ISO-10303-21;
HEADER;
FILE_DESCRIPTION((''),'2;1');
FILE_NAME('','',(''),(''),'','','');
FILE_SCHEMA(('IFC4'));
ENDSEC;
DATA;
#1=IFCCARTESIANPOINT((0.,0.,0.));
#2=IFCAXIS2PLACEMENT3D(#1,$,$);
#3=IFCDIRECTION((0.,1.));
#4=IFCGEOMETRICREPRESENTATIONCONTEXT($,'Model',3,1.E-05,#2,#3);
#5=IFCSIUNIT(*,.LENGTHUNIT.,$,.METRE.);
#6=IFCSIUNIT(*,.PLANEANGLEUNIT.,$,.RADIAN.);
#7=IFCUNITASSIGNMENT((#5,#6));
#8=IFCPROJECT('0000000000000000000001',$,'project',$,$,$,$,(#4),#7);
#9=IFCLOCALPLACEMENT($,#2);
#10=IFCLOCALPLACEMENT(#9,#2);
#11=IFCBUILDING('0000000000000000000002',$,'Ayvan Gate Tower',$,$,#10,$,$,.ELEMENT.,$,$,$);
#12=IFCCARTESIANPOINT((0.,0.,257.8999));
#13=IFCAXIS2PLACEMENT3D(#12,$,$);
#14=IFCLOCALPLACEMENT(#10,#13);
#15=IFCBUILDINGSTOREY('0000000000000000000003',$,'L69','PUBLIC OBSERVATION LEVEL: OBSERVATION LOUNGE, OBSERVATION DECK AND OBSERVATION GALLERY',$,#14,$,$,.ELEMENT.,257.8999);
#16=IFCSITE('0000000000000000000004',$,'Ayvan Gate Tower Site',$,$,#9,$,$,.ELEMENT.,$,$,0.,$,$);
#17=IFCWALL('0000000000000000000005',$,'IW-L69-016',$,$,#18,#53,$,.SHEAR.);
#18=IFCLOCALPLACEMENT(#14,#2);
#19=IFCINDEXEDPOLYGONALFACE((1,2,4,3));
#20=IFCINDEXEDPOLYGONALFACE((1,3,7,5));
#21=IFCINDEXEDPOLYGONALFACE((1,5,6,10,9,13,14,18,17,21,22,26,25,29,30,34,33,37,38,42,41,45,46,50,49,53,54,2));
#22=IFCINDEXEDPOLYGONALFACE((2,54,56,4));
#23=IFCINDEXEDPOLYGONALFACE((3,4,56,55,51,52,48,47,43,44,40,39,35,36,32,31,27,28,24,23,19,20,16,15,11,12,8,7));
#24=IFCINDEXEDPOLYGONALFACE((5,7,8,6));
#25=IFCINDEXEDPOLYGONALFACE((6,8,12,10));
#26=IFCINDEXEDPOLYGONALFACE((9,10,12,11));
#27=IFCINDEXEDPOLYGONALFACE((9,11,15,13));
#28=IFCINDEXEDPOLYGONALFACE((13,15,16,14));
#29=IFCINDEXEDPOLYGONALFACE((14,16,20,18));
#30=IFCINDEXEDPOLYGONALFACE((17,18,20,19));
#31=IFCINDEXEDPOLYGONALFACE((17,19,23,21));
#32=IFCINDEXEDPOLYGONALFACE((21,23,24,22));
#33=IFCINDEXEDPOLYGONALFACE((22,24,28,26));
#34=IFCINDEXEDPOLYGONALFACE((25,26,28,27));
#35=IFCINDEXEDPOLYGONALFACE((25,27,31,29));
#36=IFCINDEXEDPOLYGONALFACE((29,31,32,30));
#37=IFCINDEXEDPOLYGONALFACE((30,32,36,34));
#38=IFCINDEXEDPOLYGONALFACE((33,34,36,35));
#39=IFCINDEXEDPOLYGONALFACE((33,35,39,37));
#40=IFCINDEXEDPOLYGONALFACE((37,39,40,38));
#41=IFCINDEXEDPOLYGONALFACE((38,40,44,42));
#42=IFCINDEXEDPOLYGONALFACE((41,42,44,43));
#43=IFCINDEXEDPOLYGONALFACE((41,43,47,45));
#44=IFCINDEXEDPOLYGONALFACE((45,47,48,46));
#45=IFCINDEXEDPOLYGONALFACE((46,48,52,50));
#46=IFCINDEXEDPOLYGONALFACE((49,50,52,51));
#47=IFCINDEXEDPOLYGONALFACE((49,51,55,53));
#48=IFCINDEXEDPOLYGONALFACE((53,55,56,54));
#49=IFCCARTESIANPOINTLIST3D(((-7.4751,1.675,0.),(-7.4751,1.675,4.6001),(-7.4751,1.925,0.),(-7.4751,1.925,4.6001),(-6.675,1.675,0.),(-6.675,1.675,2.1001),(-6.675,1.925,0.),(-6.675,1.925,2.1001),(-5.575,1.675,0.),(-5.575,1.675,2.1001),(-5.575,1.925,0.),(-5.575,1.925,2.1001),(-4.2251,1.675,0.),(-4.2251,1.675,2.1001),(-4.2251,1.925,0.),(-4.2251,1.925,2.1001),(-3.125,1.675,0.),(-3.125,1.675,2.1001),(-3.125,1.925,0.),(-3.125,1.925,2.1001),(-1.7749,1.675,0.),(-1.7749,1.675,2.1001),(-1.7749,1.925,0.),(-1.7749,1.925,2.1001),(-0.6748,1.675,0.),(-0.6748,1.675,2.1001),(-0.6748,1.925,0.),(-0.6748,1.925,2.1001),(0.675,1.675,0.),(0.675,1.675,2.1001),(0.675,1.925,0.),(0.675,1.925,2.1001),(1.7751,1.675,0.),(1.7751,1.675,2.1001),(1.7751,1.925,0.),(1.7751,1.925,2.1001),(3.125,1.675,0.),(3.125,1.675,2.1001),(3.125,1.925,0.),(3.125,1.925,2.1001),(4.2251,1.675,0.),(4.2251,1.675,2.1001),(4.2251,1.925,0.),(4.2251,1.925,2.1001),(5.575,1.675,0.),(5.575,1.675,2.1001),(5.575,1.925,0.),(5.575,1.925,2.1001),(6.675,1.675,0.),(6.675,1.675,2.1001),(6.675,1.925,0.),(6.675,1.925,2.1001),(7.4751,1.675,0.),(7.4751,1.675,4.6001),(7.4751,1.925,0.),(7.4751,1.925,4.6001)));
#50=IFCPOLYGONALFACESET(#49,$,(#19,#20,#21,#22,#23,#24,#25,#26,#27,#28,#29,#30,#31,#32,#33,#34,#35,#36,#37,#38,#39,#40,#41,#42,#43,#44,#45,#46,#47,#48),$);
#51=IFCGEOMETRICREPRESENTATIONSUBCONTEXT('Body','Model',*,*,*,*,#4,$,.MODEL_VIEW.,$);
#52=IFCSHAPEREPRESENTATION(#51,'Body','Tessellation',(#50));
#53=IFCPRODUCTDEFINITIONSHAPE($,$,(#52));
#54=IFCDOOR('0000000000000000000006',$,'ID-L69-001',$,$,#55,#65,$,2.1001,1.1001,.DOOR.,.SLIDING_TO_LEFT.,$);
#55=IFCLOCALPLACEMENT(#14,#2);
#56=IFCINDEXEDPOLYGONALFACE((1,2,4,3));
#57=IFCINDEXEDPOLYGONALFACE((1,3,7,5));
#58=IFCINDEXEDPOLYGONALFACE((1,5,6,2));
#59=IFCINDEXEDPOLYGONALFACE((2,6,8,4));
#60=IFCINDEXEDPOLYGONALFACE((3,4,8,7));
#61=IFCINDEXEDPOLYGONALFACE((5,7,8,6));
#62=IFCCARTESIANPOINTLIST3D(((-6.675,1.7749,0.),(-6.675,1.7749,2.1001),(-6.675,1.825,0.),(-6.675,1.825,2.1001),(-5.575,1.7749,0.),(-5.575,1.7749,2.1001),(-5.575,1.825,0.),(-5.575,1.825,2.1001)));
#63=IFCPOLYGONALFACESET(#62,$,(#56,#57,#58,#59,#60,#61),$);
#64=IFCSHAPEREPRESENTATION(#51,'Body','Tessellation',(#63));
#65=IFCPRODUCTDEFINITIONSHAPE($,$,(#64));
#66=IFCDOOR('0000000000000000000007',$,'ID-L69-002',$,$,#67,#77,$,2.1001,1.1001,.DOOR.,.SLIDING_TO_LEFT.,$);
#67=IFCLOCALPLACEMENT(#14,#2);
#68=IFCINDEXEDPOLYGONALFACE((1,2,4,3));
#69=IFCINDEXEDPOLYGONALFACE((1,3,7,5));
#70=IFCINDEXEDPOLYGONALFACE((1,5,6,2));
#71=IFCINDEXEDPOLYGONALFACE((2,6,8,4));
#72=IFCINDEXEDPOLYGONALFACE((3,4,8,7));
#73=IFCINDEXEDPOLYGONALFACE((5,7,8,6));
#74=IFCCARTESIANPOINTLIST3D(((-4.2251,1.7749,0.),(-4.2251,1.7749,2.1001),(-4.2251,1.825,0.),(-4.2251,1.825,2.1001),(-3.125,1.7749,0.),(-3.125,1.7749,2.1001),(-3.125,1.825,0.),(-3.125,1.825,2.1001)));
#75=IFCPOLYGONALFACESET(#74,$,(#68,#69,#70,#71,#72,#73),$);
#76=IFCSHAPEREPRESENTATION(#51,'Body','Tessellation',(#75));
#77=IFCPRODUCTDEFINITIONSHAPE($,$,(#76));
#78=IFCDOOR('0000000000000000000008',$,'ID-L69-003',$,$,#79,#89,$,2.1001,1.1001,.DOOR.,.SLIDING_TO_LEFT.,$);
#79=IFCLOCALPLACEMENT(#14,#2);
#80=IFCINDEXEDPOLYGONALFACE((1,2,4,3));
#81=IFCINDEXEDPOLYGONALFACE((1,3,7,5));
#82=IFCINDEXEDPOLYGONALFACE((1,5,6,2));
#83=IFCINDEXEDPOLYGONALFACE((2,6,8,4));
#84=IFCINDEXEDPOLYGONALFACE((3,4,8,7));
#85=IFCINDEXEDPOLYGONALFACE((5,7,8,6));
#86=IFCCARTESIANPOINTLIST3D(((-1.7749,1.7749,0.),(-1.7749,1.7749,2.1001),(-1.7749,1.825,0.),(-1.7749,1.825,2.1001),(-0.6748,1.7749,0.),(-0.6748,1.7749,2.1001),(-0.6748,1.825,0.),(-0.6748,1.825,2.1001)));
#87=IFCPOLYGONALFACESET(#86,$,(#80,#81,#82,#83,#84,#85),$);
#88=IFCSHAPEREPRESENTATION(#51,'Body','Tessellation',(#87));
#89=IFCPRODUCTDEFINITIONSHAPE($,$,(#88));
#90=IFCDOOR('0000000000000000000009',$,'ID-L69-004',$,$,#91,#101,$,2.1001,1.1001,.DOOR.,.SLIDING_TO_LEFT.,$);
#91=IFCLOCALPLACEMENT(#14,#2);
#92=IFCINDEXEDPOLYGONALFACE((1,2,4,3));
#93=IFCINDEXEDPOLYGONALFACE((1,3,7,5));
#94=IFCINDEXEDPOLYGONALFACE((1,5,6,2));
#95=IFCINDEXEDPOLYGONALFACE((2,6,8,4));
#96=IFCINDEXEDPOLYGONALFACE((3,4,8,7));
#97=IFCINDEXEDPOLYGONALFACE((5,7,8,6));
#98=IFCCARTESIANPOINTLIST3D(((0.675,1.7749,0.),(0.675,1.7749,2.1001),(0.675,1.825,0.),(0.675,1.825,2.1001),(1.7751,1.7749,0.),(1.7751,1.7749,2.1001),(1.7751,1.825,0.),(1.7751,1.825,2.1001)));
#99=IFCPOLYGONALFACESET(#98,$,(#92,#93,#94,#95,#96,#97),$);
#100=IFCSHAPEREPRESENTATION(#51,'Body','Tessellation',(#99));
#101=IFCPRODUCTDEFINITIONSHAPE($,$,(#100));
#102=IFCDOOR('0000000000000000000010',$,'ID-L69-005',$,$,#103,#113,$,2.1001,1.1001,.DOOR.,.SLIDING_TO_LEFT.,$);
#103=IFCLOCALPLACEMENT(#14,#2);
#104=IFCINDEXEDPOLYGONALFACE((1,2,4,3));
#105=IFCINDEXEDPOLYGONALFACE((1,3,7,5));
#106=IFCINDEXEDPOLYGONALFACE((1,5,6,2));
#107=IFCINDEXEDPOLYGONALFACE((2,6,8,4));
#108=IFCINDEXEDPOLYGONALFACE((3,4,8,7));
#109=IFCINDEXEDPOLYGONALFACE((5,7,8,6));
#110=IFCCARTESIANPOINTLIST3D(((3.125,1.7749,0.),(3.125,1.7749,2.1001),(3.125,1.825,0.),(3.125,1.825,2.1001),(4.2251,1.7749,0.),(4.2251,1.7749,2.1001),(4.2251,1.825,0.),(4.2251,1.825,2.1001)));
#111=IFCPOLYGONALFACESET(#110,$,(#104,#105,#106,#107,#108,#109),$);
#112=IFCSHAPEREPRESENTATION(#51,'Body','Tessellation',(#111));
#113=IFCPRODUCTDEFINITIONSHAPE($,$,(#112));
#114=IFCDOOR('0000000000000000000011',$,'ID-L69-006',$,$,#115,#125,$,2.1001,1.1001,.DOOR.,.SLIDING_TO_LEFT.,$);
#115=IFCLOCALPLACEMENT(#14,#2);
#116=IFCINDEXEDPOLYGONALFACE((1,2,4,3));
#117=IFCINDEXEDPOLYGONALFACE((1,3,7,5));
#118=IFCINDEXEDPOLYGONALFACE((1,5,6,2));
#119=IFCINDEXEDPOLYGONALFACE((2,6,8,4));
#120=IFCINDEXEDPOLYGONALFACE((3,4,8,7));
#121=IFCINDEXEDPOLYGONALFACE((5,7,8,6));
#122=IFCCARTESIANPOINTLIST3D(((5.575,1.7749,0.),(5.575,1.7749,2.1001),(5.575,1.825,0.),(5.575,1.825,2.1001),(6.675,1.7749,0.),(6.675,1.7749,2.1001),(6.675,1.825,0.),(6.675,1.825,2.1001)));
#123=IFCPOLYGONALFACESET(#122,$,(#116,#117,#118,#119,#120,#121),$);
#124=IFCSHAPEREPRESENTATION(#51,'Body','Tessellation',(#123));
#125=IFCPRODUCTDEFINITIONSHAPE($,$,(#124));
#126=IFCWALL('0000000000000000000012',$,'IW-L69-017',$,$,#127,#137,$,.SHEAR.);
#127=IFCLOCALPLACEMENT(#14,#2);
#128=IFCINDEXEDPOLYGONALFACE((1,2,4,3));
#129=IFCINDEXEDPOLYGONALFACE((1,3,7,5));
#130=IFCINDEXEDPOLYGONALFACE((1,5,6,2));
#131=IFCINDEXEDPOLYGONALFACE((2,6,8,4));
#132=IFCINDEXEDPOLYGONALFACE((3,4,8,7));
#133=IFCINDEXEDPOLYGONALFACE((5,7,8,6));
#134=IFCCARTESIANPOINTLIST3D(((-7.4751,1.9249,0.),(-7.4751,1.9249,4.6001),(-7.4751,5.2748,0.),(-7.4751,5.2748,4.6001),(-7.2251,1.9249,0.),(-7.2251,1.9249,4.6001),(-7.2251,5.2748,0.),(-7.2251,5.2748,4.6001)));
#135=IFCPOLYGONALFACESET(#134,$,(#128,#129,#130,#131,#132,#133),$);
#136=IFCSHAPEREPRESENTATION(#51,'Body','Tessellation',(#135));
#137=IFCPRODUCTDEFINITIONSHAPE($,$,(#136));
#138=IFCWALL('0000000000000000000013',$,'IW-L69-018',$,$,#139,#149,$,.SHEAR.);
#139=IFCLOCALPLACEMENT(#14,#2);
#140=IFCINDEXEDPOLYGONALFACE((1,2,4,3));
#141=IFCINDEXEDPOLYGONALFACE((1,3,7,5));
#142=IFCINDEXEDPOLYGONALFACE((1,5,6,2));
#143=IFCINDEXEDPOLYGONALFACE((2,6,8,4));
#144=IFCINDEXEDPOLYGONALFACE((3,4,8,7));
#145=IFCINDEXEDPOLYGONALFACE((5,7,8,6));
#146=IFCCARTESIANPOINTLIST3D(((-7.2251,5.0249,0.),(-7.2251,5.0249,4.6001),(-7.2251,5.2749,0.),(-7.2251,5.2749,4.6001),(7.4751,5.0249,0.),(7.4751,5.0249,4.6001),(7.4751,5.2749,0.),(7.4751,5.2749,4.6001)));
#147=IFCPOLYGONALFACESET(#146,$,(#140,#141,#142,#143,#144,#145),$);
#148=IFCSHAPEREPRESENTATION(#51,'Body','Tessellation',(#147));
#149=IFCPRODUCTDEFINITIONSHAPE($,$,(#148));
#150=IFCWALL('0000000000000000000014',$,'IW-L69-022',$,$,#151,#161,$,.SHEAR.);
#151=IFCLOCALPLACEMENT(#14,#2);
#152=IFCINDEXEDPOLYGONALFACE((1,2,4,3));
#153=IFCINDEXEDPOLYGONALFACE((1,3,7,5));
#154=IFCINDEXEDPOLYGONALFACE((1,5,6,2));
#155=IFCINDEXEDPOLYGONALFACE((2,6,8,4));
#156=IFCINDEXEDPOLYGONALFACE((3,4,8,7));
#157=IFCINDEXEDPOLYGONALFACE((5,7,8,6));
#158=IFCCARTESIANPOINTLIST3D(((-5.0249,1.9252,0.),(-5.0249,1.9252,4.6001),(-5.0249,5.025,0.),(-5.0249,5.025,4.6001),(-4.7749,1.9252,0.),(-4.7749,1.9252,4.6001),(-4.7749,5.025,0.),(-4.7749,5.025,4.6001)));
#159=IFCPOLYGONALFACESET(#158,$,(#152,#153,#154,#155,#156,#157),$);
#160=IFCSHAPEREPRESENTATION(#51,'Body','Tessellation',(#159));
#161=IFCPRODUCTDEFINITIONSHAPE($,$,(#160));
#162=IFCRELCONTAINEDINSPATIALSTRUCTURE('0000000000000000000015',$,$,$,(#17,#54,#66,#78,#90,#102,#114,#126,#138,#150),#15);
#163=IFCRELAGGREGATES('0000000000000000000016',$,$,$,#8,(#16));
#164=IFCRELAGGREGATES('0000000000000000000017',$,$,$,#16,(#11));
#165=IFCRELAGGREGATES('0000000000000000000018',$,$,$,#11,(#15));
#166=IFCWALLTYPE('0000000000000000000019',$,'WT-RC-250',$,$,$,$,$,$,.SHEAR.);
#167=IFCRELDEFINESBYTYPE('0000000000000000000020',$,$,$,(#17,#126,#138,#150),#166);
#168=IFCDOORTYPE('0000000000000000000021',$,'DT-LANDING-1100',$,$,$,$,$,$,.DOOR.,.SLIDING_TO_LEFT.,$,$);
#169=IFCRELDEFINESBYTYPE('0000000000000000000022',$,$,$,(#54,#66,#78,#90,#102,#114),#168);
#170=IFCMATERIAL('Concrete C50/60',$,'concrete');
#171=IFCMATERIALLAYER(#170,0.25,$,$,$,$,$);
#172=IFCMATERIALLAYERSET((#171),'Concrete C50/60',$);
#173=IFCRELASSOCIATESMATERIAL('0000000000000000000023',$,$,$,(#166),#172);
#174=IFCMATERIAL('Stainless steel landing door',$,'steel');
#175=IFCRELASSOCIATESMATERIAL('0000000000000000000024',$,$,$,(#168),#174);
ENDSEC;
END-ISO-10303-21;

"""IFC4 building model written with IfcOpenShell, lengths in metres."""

from ifc_helpers import new_model, si_unit, direction, frame, frame_2d, origin, place, context, subcontext, project, spatial, rectangle, extrude, material, layer, layer_set, type_object, element, fill, save


model = new_model("IFC4")

# Units and contexts
model_context = context("Model", 3, precision=1e-05, world=origin(), true_north=direction((0.0, 1.0)))
body_context = subcontext(model_context, "Body", "Model", "MODEL_VIEW")
ifc_project = project(units=[si_unit("LENGTHUNIT", "METRE"), si_unit("PLANEANGLEUNIT", "RADIAN")], contexts=[model_context])

# Site, building, storey
site_placement = place(None, origin())
site = spatial("IfcSite", under=ifc_project, at=site_placement, Name="Ayvan Gate Tower Site", CompositionType="ELEMENT", RefElevation=0.0)
building_placement = place(site_placement, origin())
building = spatial("IfcBuilding", under=site, at=building_placement, Name="Ayvan Gate Tower", CompositionType="ELEMENT")
storey_placement = place(building_placement, frame((0.0, 0.0, 257.8999)))
storey = spatial("IfcBuildingStorey", under=building, at=storey_placement, Name="L69", Description="PUBLIC OBSERVATION LEVEL: OBSERVATION LOUNGE, OBSERVATION DECK AND OBSERVATION GALLERY", CompositionType="ELEMENT", Elevation=257.8999)

# Wall, openings, doors
ifc_material_1 = material(Name="Concrete C50/60", Category="concrete")
ifc_layer_1 = layer(ifc_material_1, 0.25)
ifc_layer_set_1 = layer_set([ifc_layer_1], Name="Concrete C50/60")
wall_type_1 = type_object("IfcWallType", Name="WT-RC-250", PredefinedType="SHEAR", material=ifc_layer_set_1)
wall_1_placement = place(storey_placement, frame((-7.4751, 1.8, 0.0), z_axis=(0.0, 0.0, 1.0), x_axis=(1.0, 0.0, 0.0)))
wall_1 = element("IfcWall", 1, at=wall_1_placement, inside=storey, type_object=wall_type_1, Name="IW-L69-016", PredefinedType="SHEAR", context=body_context, shape_type="SweptSolid", body=[
    extrude(rectangle(XDim=14.9502, YDim=0.25, at=frame_2d((7.4751, 0.0))), origin(), (0.0, 0.0, 1.0), 4.6001),
])
opening_1_placement = place(wall_1_placement, frame((0.8, 0.0, 0.0)))
opening_1 = element("IfcOpeningElement", 2, at=opening_1_placement, cuts=wall_1, PredefinedType="OPENING", context=body_context, shape_type="SweptSolid", body=[
    extrude(rectangle(XDim=1.1001, YDim=2.1001, at=frame_2d((0.55, 1.05))), frame((0.0, 0.135, 0.0), z_axis=(0.0, -1.0, 0.0), x_axis=(1.0, 0.0, 0.0)), (0.0, 0.0, 1.0), 0.27),
])
opening_2_placement = place(wall_1_placement, frame((3.25, 0.0, 0.0)))
opening_2 = element("IfcOpeningElement", 3, at=opening_2_placement, cuts=wall_1, PredefinedType="OPENING", context=body_context, shape_type="SweptSolid", body=[
    extrude(rectangle(XDim=1.1001, YDim=2.1001, at=frame_2d((0.55, 1.05))), frame((0.0, 0.135, 0.0), z_axis=(0.0, -1.0, 0.0), x_axis=(1.0, 0.0, 0.0)), (0.0, 0.0, 1.0), 0.27),
])
opening_3_placement = place(wall_1_placement, frame((5.7002, 0.0, 0.0)))
opening_3 = element("IfcOpeningElement", 4, at=opening_3_placement, cuts=wall_1, PredefinedType="OPENING", context=body_context, shape_type="SweptSolid", body=[
    extrude(rectangle(XDim=1.1001, YDim=2.1001, at=frame_2d((0.55, 1.05))), frame((0.0, 0.135, 0.0), z_axis=(0.0, -1.0, 0.0), x_axis=(1.0, 0.0, 0.0)), (0.0, 0.0, 1.0), 0.27),
])
opening_4_placement = place(wall_1_placement, frame((8.1501, 0.0, 0.0)))
opening_4 = element("IfcOpeningElement", 5, at=opening_4_placement, cuts=wall_1, PredefinedType="OPENING", context=body_context, shape_type="SweptSolid", body=[
    extrude(rectangle(XDim=1.1001, YDim=2.1001, at=frame_2d((0.55, 1.05))), frame((0.0, 0.135, 0.0), z_axis=(0.0, -1.0, 0.0), x_axis=(1.0, 0.0, 0.0)), (0.0, 0.0, 1.0), 0.27),
])
opening_5_placement = place(wall_1_placement, frame((10.6001, 0.0, 0.0)))
opening_5 = element("IfcOpeningElement", 6, at=opening_5_placement, cuts=wall_1, PredefinedType="OPENING", context=body_context, shape_type="SweptSolid", body=[
    extrude(rectangle(XDim=1.1001, YDim=2.1001, at=frame_2d((0.55, 1.05))), frame((0.0, 0.135, 0.0), z_axis=(0.0, -1.0, 0.0), x_axis=(1.0, 0.0, 0.0)), (0.0, 0.0, 1.0), 0.27),
])
opening_6_placement = place(wall_1_placement, frame((13.05, 0.0, 0.0)))
opening_6 = element("IfcOpeningElement", 7, at=opening_6_placement, cuts=wall_1, PredefinedType="OPENING", context=body_context, shape_type="SweptSolid", body=[
    extrude(rectangle(XDim=1.1001, YDim=2.1001, at=frame_2d((0.55, 1.05))), frame((0.0, 0.135, 0.0), z_axis=(0.0, -1.0, 0.0), x_axis=(1.0, 0.0, 0.0)), (0.0, 0.0, 1.0), 0.27),
])
ifc_material_2 = material(Name="Stainless steel landing door", Category="steel")
door_type_1 = type_object("IfcDoorType", Name="DT-LANDING-1100", OperationType="SLIDING_TO_LEFT", PredefinedType="DOOR", material=ifc_material_2)
door_1_placement = place(opening_1_placement, origin())
door_1 = element("IfcDoor", 8, at=door_1_placement, inside=storey, type_object=door_type_1, Name="ID-L69-001", OperationType="SLIDING_TO_LEFT", OverallHeight=2.1001, OverallWidth=1.1001, PredefinedType="DOOR", context=body_context, shape_type="SweptSolid", body=[
    extrude(rectangle(XDim=1.1001, YDim=2.1001, at=frame_2d((0.55, 1.05))), frame((0.0, 0.0249, 0.0), z_axis=(0.0, -1.0, 0.0), x_axis=(1.0, 0.0, 0.0)), (0.0, 0.0, 1.0), 0.05),
])
fill(opening_1, door_1)
door_2_placement = place(opening_2_placement, origin())
door_2 = element("IfcDoor", 9, at=door_2_placement, inside=storey, type_object=door_type_1, Name="ID-L69-002", OperationType="SLIDING_TO_LEFT", OverallHeight=2.1001, OverallWidth=1.1001, PredefinedType="DOOR", context=body_context, shape_type="SweptSolid", body=[
    extrude(rectangle(XDim=1.1001, YDim=2.1001, at=frame_2d((0.55, 1.05))), frame((0.0, 0.0249, 0.0), z_axis=(0.0, -1.0, 0.0), x_axis=(1.0, 0.0, 0.0)), (0.0, 0.0, 1.0), 0.05),
])
fill(opening_2, door_2)
door_3_placement = place(opening_3_placement, origin())
door_3 = element("IfcDoor", 10, at=door_3_placement, inside=storey, type_object=door_type_1, Name="ID-L69-003", OperationType="SLIDING_TO_LEFT", OverallHeight=2.1001, OverallWidth=1.1001, PredefinedType="DOOR", context=body_context, shape_type="SweptSolid", body=[
    extrude(rectangle(XDim=1.1001, YDim=2.1001, at=frame_2d((0.55, 1.05))), frame((0.0, 0.0249, 0.0), z_axis=(0.0, -1.0, 0.0), x_axis=(1.0, 0.0, 0.0)), (0.0, 0.0, 1.0), 0.05),
])
fill(opening_3, door_3)
door_4_placement = place(opening_4_placement, origin())
door_4 = element("IfcDoor", 11, at=door_4_placement, inside=storey, type_object=door_type_1, Name="ID-L69-004", OperationType="SLIDING_TO_LEFT", OverallHeight=2.1001, OverallWidth=1.1001, PredefinedType="DOOR", context=body_context, shape_type="SweptSolid", body=[
    extrude(rectangle(XDim=1.1001, YDim=2.1001, at=frame_2d((0.55, 1.05))), frame((0.0, 0.0249, 0.0), z_axis=(0.0, -1.0, 0.0), x_axis=(1.0, 0.0, 0.0)), (0.0, 0.0, 1.0), 0.05),
])
fill(opening_4, door_4)
door_5_placement = place(opening_5_placement, origin())
door_5 = element("IfcDoor", 12, at=door_5_placement, inside=storey, type_object=door_type_1, Name="ID-L69-005", OperationType="SLIDING_TO_LEFT", OverallHeight=2.1001, OverallWidth=1.1001, PredefinedType="DOOR", context=body_context, shape_type="SweptSolid", body=[
    extrude(rectangle(XDim=1.1001, YDim=2.1001, at=frame_2d((0.55, 1.05))), frame((0.0, 0.0249, 0.0), z_axis=(0.0, -1.0, 0.0), x_axis=(1.0, 0.0, 0.0)), (0.0, 0.0, 1.0), 0.05),
])
fill(opening_5, door_5)
door_6_placement = place(opening_6_placement, origin())
door_6 = element("IfcDoor", 13, at=door_6_placement, inside=storey, type_object=door_type_1, Name="ID-L69-006", OperationType="SLIDING_TO_LEFT", OverallHeight=2.1001, OverallWidth=1.1001, PredefinedType="DOOR", context=body_context, shape_type="SweptSolid", body=[
    extrude(rectangle(XDim=1.1001, YDim=2.1001, at=frame_2d((0.55, 1.05))), frame((0.0, 0.0249, 0.0), z_axis=(0.0, -1.0, 0.0), x_axis=(1.0, 0.0, 0.0)), (0.0, 0.0, 1.0), 0.05),
])
fill(opening_6, door_6)

# Walls
wall_2_placement = place(storey_placement, frame((-7.3501, 1.925, 0.0), z_axis=(0.0, 0.0, 1.0), x_axis=(0.0, 1.0, 0.0)))
element("IfcWall", 14, at=wall_2_placement, inside=storey, type_object=wall_type_1, Name="IW-L69-017", PredefinedType="SHEAR", context=body_context, shape_type="SweptSolid", body=[
    extrude(rectangle(XDim=3.3499, YDim=0.25, at=frame_2d((1.6748, 0.0))), origin(), (0.0, 0.0, 1.0), 4.6001),
])
wall_3_placement = place(storey_placement, frame((-7.2251, 5.1499, 0.0), z_axis=(0.0, 0.0, 1.0), x_axis=(1.0, 0.0, 0.0)))
element("IfcWall", 15, at=wall_3_placement, inside=storey, type_object=wall_type_1, Name="IW-L69-018", PredefinedType="SHEAR", context=body_context, shape_type="SweptSolid", body=[
    extrude(rectangle(XDim=14.7002, YDim=0.25, at=frame_2d((7.3501, 0.0))), origin(), (0.0, 0.0, 1.0), 4.6001),
])
wall_4_placement = place(storey_placement, frame((-4.8999, 5.0249, 0.0), z_axis=(0.0, 0.0, 1.0), x_axis=(0.0, -1.0, 0.0)))
element("IfcWall", 16, at=wall_4_placement, inside=storey, type_object=wall_type_1, Name="IW-L69-022", PredefinedType="SHEAR", context=body_context, shape_type="SweptSolid", body=[
    extrude(rectangle(XDim=3.0999, YDim=0.25, at=frame_2d((1.5498, 0.0))), origin(), (0.0, 0.0, 1.0), 4.6001),
])

save(model, "model.ifc")
